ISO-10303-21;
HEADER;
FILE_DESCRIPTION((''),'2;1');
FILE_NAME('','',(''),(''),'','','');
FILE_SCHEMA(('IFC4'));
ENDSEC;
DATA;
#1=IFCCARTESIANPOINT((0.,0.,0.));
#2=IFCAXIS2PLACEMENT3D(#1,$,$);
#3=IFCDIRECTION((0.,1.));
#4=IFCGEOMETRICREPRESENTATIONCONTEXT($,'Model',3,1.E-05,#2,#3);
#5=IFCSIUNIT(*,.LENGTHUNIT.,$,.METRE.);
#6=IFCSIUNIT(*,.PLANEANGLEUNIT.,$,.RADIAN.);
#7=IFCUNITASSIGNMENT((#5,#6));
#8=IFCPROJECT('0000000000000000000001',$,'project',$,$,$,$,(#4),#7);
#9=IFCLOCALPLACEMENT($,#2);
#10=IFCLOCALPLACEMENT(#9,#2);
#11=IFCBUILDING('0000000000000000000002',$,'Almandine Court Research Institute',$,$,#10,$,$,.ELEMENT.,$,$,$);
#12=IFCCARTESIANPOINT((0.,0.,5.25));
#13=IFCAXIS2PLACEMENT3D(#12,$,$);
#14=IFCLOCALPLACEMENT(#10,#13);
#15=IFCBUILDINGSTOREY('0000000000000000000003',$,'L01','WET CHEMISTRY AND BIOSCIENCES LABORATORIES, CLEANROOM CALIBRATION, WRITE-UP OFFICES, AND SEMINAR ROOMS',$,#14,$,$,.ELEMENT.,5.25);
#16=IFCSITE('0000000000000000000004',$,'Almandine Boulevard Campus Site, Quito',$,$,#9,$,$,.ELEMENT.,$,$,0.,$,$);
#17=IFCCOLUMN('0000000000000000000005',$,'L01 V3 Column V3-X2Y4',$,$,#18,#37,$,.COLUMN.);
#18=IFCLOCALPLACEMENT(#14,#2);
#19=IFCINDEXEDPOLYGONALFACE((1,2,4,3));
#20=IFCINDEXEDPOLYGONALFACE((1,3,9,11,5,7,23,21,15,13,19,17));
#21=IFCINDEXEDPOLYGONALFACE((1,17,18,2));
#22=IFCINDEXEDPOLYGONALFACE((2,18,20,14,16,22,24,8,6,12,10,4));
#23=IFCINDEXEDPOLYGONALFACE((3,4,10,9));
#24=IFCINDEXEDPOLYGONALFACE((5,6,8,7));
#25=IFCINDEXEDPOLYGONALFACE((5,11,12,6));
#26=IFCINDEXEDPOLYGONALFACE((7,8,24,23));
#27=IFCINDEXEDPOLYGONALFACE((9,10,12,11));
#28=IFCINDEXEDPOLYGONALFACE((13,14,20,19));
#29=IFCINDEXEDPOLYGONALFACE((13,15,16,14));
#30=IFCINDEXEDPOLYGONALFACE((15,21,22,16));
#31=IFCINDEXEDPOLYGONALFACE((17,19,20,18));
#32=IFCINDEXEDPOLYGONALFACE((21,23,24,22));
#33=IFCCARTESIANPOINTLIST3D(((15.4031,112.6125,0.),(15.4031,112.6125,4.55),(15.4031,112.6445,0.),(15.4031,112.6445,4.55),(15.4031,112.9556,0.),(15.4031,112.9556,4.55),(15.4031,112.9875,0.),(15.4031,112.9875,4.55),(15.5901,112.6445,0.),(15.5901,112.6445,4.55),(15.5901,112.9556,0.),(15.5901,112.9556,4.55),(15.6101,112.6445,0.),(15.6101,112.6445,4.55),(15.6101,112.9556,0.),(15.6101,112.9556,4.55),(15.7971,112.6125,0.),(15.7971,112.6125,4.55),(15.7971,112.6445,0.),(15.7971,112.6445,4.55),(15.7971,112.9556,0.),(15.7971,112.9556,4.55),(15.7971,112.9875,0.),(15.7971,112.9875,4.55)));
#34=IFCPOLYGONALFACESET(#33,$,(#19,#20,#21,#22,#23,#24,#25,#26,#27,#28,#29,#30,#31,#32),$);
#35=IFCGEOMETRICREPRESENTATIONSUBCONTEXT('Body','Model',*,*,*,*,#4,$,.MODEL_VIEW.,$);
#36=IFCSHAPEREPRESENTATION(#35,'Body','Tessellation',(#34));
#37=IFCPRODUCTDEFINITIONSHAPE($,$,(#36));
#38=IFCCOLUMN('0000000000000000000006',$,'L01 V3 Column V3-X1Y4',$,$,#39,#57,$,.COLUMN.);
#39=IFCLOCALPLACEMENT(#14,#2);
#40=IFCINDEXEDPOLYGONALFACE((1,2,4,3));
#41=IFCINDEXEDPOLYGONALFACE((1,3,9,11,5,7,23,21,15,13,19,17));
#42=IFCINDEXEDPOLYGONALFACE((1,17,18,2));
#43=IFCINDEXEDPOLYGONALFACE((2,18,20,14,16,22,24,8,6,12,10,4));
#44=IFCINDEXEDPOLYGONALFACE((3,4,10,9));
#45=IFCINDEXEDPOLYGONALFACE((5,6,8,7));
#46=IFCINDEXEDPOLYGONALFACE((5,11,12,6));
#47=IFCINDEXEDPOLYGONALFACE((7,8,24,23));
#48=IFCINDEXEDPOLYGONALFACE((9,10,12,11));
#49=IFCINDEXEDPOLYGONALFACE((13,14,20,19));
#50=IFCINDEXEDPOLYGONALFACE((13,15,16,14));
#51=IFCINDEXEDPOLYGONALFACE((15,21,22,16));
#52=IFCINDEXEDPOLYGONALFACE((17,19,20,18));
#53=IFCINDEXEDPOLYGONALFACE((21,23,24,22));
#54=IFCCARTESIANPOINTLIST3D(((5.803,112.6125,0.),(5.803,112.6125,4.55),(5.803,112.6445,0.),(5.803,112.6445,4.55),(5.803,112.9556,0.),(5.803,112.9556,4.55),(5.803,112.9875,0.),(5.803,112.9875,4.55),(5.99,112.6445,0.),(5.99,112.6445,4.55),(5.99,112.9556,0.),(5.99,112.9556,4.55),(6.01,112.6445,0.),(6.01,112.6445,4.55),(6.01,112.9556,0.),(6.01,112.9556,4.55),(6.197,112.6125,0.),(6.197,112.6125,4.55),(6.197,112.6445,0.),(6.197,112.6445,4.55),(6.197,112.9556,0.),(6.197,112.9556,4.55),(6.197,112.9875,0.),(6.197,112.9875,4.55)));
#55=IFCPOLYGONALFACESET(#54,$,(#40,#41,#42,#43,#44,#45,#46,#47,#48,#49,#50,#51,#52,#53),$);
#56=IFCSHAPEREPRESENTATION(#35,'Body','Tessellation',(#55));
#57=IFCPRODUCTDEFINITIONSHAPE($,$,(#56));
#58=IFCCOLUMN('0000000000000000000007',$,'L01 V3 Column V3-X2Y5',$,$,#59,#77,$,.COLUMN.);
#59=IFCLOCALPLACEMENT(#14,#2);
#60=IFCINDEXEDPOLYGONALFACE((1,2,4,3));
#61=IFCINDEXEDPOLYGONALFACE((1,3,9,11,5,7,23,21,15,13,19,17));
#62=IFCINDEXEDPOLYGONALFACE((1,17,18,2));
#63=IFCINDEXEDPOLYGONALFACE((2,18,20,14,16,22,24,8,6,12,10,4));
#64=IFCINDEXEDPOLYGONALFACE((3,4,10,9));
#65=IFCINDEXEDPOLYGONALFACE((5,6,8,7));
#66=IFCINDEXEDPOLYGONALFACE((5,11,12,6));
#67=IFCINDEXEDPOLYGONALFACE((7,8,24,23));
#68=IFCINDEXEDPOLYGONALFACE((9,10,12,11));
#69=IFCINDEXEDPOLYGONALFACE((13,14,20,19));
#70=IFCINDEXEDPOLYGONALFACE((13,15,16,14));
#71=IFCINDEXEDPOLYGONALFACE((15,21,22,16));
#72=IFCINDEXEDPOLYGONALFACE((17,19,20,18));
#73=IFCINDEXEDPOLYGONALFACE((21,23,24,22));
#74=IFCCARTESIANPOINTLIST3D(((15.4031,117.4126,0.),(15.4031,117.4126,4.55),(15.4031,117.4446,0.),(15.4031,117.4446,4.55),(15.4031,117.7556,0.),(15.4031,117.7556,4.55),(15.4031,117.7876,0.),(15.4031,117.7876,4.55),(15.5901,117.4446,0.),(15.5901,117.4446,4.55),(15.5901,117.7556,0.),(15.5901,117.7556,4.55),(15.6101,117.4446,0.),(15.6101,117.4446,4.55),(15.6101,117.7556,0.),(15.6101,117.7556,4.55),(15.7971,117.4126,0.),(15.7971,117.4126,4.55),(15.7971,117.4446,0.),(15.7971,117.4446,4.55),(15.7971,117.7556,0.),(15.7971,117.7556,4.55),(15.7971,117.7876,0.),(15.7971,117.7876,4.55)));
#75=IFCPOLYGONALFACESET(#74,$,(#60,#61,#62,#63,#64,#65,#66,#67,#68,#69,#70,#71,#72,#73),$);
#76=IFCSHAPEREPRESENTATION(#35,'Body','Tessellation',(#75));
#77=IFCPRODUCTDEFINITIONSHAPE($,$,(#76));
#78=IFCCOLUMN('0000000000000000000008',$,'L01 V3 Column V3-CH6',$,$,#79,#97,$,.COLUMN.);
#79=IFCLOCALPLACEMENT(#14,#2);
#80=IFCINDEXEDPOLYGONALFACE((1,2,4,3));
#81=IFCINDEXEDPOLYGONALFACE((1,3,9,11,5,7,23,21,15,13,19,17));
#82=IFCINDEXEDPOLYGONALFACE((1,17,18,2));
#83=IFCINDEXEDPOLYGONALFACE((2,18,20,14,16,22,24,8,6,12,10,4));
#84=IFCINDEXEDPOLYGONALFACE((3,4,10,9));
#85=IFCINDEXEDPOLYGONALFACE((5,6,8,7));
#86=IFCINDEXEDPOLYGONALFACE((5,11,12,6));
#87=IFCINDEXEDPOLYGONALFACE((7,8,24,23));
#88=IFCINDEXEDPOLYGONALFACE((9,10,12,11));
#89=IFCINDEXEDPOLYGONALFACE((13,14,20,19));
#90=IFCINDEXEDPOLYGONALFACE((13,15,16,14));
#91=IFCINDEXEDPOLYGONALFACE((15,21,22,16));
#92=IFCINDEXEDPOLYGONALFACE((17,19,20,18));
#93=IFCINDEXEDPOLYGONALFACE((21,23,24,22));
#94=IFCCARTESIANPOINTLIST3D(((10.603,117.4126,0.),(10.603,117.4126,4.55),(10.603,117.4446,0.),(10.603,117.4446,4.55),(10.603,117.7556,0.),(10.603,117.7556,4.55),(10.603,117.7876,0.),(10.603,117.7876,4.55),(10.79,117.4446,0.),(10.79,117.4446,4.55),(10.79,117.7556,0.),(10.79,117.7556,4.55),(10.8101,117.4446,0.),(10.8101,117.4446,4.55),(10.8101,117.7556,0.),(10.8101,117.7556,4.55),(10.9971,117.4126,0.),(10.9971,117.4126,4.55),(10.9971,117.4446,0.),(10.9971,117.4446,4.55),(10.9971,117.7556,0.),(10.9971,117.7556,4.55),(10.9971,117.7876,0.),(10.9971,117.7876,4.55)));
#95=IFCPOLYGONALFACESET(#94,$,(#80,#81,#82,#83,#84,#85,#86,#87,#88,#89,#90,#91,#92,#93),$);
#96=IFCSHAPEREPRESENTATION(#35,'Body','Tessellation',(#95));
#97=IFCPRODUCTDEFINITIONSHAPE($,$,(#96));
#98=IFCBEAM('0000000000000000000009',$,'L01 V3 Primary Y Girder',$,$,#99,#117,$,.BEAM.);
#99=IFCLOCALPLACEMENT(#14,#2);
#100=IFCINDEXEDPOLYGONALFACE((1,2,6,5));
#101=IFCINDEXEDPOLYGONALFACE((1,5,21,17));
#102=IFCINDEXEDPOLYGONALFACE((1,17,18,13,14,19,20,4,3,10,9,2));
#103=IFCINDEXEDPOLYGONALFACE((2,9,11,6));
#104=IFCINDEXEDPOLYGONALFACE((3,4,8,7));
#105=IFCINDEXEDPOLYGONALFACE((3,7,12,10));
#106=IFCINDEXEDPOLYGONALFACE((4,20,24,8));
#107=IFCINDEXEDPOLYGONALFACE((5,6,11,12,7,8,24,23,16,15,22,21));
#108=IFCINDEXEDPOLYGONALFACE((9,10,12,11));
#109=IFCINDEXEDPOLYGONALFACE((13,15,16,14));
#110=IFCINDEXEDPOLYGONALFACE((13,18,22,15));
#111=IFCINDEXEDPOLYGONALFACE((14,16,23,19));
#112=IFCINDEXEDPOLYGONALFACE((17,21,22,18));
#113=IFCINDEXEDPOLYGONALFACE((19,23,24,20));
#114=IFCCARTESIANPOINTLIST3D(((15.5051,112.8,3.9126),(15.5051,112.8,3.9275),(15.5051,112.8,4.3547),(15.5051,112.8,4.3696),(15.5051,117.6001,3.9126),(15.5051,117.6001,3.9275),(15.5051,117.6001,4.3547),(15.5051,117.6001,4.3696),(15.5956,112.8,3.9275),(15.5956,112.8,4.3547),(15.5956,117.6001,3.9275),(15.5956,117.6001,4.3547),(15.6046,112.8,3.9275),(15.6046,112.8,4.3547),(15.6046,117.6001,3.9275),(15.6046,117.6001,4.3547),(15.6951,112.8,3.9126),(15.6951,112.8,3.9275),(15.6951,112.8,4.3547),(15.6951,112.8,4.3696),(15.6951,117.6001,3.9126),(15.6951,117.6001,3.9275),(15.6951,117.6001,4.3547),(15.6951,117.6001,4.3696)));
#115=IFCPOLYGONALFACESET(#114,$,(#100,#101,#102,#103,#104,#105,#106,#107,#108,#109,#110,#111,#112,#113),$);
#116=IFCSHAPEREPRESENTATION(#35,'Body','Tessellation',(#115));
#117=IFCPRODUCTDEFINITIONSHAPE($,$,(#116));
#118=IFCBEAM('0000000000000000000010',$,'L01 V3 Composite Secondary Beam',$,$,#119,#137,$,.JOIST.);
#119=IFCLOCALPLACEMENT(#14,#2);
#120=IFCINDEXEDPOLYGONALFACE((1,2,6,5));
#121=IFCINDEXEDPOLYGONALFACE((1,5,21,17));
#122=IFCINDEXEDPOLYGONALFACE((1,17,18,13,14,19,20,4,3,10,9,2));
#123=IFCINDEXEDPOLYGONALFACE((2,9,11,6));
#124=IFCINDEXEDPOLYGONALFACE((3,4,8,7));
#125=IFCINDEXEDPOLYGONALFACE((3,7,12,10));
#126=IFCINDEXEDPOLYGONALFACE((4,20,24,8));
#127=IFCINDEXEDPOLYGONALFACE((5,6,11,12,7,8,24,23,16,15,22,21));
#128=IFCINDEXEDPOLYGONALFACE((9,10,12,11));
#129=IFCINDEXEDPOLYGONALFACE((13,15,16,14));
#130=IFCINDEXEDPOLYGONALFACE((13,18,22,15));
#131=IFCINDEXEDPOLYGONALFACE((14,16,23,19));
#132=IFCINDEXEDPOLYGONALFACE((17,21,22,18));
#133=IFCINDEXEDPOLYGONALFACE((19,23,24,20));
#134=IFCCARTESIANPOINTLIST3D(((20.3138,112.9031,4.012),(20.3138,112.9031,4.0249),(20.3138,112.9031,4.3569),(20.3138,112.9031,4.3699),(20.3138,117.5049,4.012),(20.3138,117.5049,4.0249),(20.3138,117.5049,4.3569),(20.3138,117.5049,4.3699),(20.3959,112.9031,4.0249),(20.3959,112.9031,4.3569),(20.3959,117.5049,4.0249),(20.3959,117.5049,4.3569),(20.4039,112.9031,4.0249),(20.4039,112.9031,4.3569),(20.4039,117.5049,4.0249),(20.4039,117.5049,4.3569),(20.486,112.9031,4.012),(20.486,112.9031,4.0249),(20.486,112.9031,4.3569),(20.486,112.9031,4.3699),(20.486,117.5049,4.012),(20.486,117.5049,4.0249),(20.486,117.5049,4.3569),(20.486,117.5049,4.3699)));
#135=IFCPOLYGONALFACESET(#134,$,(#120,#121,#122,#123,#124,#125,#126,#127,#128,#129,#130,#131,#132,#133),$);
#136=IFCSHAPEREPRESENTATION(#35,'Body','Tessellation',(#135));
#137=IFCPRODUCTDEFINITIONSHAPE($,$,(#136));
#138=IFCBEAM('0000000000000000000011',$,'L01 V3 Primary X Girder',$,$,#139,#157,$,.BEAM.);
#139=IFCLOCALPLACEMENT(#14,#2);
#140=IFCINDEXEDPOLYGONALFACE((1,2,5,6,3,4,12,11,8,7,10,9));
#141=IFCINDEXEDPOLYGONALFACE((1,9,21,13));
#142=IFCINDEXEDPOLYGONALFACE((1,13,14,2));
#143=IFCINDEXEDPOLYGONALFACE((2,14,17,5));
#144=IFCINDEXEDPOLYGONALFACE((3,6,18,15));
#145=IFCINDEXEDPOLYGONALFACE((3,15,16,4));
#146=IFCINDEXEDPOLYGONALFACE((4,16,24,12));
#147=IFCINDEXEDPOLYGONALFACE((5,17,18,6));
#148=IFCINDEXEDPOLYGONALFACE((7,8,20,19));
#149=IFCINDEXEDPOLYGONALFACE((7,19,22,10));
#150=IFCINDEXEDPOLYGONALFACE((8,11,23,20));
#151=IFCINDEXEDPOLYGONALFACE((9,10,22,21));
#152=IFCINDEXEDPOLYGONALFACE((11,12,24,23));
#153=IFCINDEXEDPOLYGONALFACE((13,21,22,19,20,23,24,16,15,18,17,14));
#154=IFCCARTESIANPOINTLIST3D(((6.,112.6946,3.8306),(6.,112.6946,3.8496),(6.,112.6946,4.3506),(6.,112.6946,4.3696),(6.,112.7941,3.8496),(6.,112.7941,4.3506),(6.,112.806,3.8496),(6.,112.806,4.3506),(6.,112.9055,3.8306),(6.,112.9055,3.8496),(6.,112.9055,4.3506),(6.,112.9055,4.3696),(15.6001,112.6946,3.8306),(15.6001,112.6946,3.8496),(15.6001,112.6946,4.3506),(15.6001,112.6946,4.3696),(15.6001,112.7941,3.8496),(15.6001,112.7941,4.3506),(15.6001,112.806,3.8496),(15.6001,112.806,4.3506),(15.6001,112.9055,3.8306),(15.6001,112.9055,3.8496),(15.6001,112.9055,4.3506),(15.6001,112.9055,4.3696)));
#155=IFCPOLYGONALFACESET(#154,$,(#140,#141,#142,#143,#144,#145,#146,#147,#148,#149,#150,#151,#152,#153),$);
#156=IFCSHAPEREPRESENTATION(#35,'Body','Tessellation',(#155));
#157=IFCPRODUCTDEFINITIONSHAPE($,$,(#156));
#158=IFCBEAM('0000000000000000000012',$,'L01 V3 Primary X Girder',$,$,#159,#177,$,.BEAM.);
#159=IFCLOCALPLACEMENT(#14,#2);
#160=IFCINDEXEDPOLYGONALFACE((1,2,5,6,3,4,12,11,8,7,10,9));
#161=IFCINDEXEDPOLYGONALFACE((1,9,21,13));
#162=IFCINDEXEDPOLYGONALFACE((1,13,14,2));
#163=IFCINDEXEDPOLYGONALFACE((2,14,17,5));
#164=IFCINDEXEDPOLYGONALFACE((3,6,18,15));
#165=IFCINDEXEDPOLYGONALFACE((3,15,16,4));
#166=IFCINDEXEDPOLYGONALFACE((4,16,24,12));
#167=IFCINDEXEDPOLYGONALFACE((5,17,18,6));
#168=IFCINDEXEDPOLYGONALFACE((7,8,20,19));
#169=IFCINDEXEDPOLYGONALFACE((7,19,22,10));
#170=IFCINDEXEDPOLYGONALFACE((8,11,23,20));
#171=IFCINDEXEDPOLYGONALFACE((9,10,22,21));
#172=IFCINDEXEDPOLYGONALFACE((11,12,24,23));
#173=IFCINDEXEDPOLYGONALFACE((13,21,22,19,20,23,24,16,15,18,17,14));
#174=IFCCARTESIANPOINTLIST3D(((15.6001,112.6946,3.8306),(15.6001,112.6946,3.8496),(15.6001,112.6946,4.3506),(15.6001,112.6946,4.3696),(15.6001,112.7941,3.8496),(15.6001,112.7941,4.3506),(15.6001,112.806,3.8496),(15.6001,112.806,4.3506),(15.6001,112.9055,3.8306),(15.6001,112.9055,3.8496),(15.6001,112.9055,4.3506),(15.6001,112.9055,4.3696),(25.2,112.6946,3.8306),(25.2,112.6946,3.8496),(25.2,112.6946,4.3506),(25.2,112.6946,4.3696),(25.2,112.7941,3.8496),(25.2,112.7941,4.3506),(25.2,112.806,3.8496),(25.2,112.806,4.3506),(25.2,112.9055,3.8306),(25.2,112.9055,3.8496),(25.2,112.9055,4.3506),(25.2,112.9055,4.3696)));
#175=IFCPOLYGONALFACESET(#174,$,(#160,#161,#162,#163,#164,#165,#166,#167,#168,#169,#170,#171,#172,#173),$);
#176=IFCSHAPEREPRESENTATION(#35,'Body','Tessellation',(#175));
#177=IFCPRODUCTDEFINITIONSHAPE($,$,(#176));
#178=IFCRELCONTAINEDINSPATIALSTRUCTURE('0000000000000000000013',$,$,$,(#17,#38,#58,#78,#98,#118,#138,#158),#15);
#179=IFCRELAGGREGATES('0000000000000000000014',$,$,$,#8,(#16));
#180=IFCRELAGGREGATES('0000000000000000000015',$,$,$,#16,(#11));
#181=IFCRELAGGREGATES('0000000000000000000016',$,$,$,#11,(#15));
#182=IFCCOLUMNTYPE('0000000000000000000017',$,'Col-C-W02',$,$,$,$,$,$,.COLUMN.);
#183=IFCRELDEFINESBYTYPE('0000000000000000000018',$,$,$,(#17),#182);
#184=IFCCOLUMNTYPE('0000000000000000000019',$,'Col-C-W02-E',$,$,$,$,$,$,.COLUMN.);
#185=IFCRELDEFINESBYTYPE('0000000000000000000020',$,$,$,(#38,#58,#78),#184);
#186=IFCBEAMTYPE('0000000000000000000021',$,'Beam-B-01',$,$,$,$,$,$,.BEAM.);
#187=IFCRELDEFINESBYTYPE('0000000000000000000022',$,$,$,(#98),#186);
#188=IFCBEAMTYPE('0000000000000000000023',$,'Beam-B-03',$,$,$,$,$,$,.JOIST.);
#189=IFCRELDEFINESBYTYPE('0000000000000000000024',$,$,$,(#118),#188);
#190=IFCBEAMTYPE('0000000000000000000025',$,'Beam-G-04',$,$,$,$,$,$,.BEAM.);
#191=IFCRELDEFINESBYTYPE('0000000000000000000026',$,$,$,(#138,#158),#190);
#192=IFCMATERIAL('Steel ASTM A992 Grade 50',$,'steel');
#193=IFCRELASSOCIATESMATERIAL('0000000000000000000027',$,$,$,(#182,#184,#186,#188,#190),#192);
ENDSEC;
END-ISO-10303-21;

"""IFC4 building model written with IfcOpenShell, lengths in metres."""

from ifc_helpers import new_model, si_unit, direction, frame, origin, origin_2d, place, context, subcontext, project, spatial, i_section, extrude, material, material_profile, profile_set, type_object, element, save


model = new_model("IFC4")

# Units and contexts
model_context = context("Model", 3, precision=1e-05, world=origin(), true_north=direction((0.0, 1.0)))
body_context = subcontext(model_context, "Body", "Model", "MODEL_VIEW")
ifc_project = project(units=[si_unit("LENGTHUNIT", "METRE"), si_unit("PLANEANGLEUNIT", "RADIAN")], contexts=[model_context])

# Site, building, storey
site_placement = place(None, origin())
site = spatial("IfcSite", under=ifc_project, at=site_placement, Name="Almandine Boulevard Campus Site, Quito", CompositionType="ELEMENT", RefElevation=0.0)
building_placement = place(site_placement, origin())
building = spatial("IfcBuilding", under=site, at=building_placement, Name="Almandine Court Research Institute", CompositionType="ELEMENT")
storey_placement = place(building_placement, frame((0.0, 0.0, 5.25)))
storey = spatial("IfcBuildingStorey", under=building, at=storey_placement, Name="L01", Description="WET CHEMISTRY AND BIOSCIENCES LABORATORIES, CLEANROOM CALIBRATION, WRITE-UP OFFICES, AND SEMINAR ROOMS", CompositionType="ELEMENT", Elevation=5.25)

# Columns
ifc_material_1 = material(Name="Steel ASTM A992 Grade 50", Category="steel")
ifc_material_profile_1 = material_profile(ifc_material_1, i_section(OverallWidth=0.394, OverallDepth=0.375, WebThickness=0.02, FlangeThickness=0.032, at=origin_2d()), Name="W360x216")
ifc_profile_set_1 = profile_set([ifc_material_profile_1], Name="Steel ASTM A992 Grade 50")
column_type_1 = type_object("IfcColumnType", Name="Col-C-W02", PredefinedType="COLUMN", material=ifc_profile_set_1)
column_placement = place(storey_placement, frame((15.6001, 112.8, 0.0), z_axis=(0.0, 0.0, 1.0), x_axis=(1.0, 0.0, 0.0)))
element("IfcColumn", 1, at=column_placement, inside=storey, type_object=column_type_1, Name="L01 V3 Column V3-X2Y4", PredefinedType="COLUMN", context=body_context, shape_type="SweptSolid", body=[
    extrude(i_section(OverallWidth=0.394, OverallDepth=0.375, WebThickness=0.02, FlangeThickness=0.032, at=origin_2d()), origin(), (0.0, 0.0, 1.0), 4.55),
])
ifc_material_profile_2 = material_profile(ifc_material_1, i_section(OverallWidth=0.394, OverallDepth=0.375, WebThickness=0.02, FlangeThickness=0.032, at=origin_2d()), Name="W360x216")
ifc_profile_set_2 = profile_set([ifc_material_profile_2], Name="Steel ASTM A992 Grade 50")
column_type_2 = type_object("IfcColumnType", Name="Col-C-W02-E", PredefinedType="COLUMN", material=ifc_profile_set_2)
for number, where, z_axis, x_axis, name in (
    (2, (6.0, 112.8, 0.0), (0.0, 0.0, 1.0), (1.0, 0.0, 0.0), "L01 V3 Column V3-X1Y4"),
    (3, (15.6001, 117.6001, 0.0), (0.0, 0.0, 1.0), (1.0, 0.0, 0.0), "L01 V3 Column V3-X2Y5"),
    (4, (10.8, 117.6001, 0.0), (0.0, 0.0, 1.0), (1.0, 0.0, 0.0), "L01 V3 Column V3-CH6"),
):
    element("IfcColumn", number, at=place(storey_placement, frame(where, z_axis=z_axis, x_axis=x_axis)), inside=storey, type_object=column_type_2, Name=name, PredefinedType="COLUMN", context=body_context, shape_type="SweptSolid", body=[
        extrude(i_section(OverallWidth=0.394, OverallDepth=0.375, WebThickness=0.02, FlangeThickness=0.032, at=origin_2d()), origin(), (0.0, 0.0, 1.0), 4.55),
    ])

# Beams
ifc_material_profile_3 = material_profile(ifc_material_1, i_section(OverallWidth=0.1899, OverallDepth=0.457, WebThickness=0.009, FlangeThickness=0.0149, at=origin_2d()), Name="W460x74")
ifc_profile_set_3 = profile_set([ifc_material_profile_3], Name="Steel ASTM A992 Grade 50")
beam_type_1 = type_object("IfcBeamType", Name="Beam-B-01", PredefinedType="BEAM", material=ifc_profile_set_3)
beam_1_placement = place(storey_placement, frame((15.6001, 112.8, 4.1411), z_axis=(0.0, 1.0, 0.0), x_axis=(-1.0, 0.0, 0.0)))
element("IfcBeam", 5, at=beam_1_placement, inside=storey, type_object=beam_type_1, Name="L01 V3 Primary Y Girder", PredefinedType="BEAM", context=body_context, shape_type="SweptSolid", body=[
    extrude(i_section(OverallWidth=0.1899, OverallDepth=0.457, WebThickness=0.009, FlangeThickness=0.0149, at=origin_2d()), origin(), (0.0, 0.0, 1.0), 4.8),
])
ifc_material_profile_4 = material_profile(ifc_material_1, i_section(OverallWidth=0.1721, OverallDepth=0.3579, WebThickness=0.0081, FlangeThickness=0.0129, at=origin_2d()), Name="W360x57")
ifc_profile_set_4 = profile_set([ifc_material_profile_4], Name="Steel ASTM A992 Grade 50")
beam_type_2 = type_object("IfcBeamType", Name="Beam-B-03", PredefinedType="JOIST", material=ifc_profile_set_4)
beam_2_placement = place(storey_placement, frame((20.3999, 112.9031, 4.1909), z_axis=(0.0, 1.0, 0.0), x_axis=(-1.0, 0.0, 0.0)))
element("IfcBeam", 6, at=beam_2_placement, inside=storey, type_object=beam_type_2, Name="L01 V3 Composite Secondary Beam", PredefinedType="JOIST", context=body_context, shape_type="SweptSolid", body=[
    extrude(i_section(OverallWidth=0.1721, OverallDepth=0.3579, WebThickness=0.0081, FlangeThickness=0.0129, at=origin_2d()), origin(), (0.0, 0.0, 1.0), 4.6018),
])
ifc_material_profile_5 = material_profile(ifc_material_1, i_section(OverallWidth=0.2109, OverallDepth=0.5391, WebThickness=0.012, FlangeThickness=0.019, at=origin_2d()), Name="W530x109")
ifc_profile_set_5 = profile_set([ifc_material_profile_5], Name="Steel ASTM A992 Grade 50")
beam_type_3 = type_object("IfcBeamType", Name="Beam-G-04", PredefinedType="BEAM", material=ifc_profile_set_5)
beam_3_placement = place(storey_placement, frame((6.0, 112.8, 4.1001), z_axis=(1.0, 0.0, 0.0), x_axis=(0.0, 1.0, 0.0)))
element("IfcBeam", 7, at=beam_3_placement, inside=storey, type_object=beam_type_3, Name="L01 V3 Primary X Girder", PredefinedType="BEAM", context=body_context, shape_type="SweptSolid", body=[
    extrude(i_section(OverallWidth=0.2109, OverallDepth=0.5391, WebThickness=0.012, FlangeThickness=0.019, at=origin_2d()), origin(), (0.0, 0.0, 1.0), 9.6001),
])
beam_4_placement = place(storey_placement, frame((15.6001, 112.8, 4.1001), z_axis=(1.0, 0.0, 0.0), x_axis=(0.0, 1.0, 0.0)))
element("IfcBeam", 8, at=beam_4_placement, inside=storey, type_object=beam_type_3, Name="L01 V3 Primary X Girder", PredefinedType="BEAM", context=body_context, shape_type="SweptSolid", body=[
    extrude(i_section(OverallWidth=0.2109, OverallDepth=0.5391, WebThickness=0.012, FlangeThickness=0.019, at=origin_2d()), origin(), (0.0, 0.0, 1.0), 9.5999),
])

save(model, "model.ifc")
